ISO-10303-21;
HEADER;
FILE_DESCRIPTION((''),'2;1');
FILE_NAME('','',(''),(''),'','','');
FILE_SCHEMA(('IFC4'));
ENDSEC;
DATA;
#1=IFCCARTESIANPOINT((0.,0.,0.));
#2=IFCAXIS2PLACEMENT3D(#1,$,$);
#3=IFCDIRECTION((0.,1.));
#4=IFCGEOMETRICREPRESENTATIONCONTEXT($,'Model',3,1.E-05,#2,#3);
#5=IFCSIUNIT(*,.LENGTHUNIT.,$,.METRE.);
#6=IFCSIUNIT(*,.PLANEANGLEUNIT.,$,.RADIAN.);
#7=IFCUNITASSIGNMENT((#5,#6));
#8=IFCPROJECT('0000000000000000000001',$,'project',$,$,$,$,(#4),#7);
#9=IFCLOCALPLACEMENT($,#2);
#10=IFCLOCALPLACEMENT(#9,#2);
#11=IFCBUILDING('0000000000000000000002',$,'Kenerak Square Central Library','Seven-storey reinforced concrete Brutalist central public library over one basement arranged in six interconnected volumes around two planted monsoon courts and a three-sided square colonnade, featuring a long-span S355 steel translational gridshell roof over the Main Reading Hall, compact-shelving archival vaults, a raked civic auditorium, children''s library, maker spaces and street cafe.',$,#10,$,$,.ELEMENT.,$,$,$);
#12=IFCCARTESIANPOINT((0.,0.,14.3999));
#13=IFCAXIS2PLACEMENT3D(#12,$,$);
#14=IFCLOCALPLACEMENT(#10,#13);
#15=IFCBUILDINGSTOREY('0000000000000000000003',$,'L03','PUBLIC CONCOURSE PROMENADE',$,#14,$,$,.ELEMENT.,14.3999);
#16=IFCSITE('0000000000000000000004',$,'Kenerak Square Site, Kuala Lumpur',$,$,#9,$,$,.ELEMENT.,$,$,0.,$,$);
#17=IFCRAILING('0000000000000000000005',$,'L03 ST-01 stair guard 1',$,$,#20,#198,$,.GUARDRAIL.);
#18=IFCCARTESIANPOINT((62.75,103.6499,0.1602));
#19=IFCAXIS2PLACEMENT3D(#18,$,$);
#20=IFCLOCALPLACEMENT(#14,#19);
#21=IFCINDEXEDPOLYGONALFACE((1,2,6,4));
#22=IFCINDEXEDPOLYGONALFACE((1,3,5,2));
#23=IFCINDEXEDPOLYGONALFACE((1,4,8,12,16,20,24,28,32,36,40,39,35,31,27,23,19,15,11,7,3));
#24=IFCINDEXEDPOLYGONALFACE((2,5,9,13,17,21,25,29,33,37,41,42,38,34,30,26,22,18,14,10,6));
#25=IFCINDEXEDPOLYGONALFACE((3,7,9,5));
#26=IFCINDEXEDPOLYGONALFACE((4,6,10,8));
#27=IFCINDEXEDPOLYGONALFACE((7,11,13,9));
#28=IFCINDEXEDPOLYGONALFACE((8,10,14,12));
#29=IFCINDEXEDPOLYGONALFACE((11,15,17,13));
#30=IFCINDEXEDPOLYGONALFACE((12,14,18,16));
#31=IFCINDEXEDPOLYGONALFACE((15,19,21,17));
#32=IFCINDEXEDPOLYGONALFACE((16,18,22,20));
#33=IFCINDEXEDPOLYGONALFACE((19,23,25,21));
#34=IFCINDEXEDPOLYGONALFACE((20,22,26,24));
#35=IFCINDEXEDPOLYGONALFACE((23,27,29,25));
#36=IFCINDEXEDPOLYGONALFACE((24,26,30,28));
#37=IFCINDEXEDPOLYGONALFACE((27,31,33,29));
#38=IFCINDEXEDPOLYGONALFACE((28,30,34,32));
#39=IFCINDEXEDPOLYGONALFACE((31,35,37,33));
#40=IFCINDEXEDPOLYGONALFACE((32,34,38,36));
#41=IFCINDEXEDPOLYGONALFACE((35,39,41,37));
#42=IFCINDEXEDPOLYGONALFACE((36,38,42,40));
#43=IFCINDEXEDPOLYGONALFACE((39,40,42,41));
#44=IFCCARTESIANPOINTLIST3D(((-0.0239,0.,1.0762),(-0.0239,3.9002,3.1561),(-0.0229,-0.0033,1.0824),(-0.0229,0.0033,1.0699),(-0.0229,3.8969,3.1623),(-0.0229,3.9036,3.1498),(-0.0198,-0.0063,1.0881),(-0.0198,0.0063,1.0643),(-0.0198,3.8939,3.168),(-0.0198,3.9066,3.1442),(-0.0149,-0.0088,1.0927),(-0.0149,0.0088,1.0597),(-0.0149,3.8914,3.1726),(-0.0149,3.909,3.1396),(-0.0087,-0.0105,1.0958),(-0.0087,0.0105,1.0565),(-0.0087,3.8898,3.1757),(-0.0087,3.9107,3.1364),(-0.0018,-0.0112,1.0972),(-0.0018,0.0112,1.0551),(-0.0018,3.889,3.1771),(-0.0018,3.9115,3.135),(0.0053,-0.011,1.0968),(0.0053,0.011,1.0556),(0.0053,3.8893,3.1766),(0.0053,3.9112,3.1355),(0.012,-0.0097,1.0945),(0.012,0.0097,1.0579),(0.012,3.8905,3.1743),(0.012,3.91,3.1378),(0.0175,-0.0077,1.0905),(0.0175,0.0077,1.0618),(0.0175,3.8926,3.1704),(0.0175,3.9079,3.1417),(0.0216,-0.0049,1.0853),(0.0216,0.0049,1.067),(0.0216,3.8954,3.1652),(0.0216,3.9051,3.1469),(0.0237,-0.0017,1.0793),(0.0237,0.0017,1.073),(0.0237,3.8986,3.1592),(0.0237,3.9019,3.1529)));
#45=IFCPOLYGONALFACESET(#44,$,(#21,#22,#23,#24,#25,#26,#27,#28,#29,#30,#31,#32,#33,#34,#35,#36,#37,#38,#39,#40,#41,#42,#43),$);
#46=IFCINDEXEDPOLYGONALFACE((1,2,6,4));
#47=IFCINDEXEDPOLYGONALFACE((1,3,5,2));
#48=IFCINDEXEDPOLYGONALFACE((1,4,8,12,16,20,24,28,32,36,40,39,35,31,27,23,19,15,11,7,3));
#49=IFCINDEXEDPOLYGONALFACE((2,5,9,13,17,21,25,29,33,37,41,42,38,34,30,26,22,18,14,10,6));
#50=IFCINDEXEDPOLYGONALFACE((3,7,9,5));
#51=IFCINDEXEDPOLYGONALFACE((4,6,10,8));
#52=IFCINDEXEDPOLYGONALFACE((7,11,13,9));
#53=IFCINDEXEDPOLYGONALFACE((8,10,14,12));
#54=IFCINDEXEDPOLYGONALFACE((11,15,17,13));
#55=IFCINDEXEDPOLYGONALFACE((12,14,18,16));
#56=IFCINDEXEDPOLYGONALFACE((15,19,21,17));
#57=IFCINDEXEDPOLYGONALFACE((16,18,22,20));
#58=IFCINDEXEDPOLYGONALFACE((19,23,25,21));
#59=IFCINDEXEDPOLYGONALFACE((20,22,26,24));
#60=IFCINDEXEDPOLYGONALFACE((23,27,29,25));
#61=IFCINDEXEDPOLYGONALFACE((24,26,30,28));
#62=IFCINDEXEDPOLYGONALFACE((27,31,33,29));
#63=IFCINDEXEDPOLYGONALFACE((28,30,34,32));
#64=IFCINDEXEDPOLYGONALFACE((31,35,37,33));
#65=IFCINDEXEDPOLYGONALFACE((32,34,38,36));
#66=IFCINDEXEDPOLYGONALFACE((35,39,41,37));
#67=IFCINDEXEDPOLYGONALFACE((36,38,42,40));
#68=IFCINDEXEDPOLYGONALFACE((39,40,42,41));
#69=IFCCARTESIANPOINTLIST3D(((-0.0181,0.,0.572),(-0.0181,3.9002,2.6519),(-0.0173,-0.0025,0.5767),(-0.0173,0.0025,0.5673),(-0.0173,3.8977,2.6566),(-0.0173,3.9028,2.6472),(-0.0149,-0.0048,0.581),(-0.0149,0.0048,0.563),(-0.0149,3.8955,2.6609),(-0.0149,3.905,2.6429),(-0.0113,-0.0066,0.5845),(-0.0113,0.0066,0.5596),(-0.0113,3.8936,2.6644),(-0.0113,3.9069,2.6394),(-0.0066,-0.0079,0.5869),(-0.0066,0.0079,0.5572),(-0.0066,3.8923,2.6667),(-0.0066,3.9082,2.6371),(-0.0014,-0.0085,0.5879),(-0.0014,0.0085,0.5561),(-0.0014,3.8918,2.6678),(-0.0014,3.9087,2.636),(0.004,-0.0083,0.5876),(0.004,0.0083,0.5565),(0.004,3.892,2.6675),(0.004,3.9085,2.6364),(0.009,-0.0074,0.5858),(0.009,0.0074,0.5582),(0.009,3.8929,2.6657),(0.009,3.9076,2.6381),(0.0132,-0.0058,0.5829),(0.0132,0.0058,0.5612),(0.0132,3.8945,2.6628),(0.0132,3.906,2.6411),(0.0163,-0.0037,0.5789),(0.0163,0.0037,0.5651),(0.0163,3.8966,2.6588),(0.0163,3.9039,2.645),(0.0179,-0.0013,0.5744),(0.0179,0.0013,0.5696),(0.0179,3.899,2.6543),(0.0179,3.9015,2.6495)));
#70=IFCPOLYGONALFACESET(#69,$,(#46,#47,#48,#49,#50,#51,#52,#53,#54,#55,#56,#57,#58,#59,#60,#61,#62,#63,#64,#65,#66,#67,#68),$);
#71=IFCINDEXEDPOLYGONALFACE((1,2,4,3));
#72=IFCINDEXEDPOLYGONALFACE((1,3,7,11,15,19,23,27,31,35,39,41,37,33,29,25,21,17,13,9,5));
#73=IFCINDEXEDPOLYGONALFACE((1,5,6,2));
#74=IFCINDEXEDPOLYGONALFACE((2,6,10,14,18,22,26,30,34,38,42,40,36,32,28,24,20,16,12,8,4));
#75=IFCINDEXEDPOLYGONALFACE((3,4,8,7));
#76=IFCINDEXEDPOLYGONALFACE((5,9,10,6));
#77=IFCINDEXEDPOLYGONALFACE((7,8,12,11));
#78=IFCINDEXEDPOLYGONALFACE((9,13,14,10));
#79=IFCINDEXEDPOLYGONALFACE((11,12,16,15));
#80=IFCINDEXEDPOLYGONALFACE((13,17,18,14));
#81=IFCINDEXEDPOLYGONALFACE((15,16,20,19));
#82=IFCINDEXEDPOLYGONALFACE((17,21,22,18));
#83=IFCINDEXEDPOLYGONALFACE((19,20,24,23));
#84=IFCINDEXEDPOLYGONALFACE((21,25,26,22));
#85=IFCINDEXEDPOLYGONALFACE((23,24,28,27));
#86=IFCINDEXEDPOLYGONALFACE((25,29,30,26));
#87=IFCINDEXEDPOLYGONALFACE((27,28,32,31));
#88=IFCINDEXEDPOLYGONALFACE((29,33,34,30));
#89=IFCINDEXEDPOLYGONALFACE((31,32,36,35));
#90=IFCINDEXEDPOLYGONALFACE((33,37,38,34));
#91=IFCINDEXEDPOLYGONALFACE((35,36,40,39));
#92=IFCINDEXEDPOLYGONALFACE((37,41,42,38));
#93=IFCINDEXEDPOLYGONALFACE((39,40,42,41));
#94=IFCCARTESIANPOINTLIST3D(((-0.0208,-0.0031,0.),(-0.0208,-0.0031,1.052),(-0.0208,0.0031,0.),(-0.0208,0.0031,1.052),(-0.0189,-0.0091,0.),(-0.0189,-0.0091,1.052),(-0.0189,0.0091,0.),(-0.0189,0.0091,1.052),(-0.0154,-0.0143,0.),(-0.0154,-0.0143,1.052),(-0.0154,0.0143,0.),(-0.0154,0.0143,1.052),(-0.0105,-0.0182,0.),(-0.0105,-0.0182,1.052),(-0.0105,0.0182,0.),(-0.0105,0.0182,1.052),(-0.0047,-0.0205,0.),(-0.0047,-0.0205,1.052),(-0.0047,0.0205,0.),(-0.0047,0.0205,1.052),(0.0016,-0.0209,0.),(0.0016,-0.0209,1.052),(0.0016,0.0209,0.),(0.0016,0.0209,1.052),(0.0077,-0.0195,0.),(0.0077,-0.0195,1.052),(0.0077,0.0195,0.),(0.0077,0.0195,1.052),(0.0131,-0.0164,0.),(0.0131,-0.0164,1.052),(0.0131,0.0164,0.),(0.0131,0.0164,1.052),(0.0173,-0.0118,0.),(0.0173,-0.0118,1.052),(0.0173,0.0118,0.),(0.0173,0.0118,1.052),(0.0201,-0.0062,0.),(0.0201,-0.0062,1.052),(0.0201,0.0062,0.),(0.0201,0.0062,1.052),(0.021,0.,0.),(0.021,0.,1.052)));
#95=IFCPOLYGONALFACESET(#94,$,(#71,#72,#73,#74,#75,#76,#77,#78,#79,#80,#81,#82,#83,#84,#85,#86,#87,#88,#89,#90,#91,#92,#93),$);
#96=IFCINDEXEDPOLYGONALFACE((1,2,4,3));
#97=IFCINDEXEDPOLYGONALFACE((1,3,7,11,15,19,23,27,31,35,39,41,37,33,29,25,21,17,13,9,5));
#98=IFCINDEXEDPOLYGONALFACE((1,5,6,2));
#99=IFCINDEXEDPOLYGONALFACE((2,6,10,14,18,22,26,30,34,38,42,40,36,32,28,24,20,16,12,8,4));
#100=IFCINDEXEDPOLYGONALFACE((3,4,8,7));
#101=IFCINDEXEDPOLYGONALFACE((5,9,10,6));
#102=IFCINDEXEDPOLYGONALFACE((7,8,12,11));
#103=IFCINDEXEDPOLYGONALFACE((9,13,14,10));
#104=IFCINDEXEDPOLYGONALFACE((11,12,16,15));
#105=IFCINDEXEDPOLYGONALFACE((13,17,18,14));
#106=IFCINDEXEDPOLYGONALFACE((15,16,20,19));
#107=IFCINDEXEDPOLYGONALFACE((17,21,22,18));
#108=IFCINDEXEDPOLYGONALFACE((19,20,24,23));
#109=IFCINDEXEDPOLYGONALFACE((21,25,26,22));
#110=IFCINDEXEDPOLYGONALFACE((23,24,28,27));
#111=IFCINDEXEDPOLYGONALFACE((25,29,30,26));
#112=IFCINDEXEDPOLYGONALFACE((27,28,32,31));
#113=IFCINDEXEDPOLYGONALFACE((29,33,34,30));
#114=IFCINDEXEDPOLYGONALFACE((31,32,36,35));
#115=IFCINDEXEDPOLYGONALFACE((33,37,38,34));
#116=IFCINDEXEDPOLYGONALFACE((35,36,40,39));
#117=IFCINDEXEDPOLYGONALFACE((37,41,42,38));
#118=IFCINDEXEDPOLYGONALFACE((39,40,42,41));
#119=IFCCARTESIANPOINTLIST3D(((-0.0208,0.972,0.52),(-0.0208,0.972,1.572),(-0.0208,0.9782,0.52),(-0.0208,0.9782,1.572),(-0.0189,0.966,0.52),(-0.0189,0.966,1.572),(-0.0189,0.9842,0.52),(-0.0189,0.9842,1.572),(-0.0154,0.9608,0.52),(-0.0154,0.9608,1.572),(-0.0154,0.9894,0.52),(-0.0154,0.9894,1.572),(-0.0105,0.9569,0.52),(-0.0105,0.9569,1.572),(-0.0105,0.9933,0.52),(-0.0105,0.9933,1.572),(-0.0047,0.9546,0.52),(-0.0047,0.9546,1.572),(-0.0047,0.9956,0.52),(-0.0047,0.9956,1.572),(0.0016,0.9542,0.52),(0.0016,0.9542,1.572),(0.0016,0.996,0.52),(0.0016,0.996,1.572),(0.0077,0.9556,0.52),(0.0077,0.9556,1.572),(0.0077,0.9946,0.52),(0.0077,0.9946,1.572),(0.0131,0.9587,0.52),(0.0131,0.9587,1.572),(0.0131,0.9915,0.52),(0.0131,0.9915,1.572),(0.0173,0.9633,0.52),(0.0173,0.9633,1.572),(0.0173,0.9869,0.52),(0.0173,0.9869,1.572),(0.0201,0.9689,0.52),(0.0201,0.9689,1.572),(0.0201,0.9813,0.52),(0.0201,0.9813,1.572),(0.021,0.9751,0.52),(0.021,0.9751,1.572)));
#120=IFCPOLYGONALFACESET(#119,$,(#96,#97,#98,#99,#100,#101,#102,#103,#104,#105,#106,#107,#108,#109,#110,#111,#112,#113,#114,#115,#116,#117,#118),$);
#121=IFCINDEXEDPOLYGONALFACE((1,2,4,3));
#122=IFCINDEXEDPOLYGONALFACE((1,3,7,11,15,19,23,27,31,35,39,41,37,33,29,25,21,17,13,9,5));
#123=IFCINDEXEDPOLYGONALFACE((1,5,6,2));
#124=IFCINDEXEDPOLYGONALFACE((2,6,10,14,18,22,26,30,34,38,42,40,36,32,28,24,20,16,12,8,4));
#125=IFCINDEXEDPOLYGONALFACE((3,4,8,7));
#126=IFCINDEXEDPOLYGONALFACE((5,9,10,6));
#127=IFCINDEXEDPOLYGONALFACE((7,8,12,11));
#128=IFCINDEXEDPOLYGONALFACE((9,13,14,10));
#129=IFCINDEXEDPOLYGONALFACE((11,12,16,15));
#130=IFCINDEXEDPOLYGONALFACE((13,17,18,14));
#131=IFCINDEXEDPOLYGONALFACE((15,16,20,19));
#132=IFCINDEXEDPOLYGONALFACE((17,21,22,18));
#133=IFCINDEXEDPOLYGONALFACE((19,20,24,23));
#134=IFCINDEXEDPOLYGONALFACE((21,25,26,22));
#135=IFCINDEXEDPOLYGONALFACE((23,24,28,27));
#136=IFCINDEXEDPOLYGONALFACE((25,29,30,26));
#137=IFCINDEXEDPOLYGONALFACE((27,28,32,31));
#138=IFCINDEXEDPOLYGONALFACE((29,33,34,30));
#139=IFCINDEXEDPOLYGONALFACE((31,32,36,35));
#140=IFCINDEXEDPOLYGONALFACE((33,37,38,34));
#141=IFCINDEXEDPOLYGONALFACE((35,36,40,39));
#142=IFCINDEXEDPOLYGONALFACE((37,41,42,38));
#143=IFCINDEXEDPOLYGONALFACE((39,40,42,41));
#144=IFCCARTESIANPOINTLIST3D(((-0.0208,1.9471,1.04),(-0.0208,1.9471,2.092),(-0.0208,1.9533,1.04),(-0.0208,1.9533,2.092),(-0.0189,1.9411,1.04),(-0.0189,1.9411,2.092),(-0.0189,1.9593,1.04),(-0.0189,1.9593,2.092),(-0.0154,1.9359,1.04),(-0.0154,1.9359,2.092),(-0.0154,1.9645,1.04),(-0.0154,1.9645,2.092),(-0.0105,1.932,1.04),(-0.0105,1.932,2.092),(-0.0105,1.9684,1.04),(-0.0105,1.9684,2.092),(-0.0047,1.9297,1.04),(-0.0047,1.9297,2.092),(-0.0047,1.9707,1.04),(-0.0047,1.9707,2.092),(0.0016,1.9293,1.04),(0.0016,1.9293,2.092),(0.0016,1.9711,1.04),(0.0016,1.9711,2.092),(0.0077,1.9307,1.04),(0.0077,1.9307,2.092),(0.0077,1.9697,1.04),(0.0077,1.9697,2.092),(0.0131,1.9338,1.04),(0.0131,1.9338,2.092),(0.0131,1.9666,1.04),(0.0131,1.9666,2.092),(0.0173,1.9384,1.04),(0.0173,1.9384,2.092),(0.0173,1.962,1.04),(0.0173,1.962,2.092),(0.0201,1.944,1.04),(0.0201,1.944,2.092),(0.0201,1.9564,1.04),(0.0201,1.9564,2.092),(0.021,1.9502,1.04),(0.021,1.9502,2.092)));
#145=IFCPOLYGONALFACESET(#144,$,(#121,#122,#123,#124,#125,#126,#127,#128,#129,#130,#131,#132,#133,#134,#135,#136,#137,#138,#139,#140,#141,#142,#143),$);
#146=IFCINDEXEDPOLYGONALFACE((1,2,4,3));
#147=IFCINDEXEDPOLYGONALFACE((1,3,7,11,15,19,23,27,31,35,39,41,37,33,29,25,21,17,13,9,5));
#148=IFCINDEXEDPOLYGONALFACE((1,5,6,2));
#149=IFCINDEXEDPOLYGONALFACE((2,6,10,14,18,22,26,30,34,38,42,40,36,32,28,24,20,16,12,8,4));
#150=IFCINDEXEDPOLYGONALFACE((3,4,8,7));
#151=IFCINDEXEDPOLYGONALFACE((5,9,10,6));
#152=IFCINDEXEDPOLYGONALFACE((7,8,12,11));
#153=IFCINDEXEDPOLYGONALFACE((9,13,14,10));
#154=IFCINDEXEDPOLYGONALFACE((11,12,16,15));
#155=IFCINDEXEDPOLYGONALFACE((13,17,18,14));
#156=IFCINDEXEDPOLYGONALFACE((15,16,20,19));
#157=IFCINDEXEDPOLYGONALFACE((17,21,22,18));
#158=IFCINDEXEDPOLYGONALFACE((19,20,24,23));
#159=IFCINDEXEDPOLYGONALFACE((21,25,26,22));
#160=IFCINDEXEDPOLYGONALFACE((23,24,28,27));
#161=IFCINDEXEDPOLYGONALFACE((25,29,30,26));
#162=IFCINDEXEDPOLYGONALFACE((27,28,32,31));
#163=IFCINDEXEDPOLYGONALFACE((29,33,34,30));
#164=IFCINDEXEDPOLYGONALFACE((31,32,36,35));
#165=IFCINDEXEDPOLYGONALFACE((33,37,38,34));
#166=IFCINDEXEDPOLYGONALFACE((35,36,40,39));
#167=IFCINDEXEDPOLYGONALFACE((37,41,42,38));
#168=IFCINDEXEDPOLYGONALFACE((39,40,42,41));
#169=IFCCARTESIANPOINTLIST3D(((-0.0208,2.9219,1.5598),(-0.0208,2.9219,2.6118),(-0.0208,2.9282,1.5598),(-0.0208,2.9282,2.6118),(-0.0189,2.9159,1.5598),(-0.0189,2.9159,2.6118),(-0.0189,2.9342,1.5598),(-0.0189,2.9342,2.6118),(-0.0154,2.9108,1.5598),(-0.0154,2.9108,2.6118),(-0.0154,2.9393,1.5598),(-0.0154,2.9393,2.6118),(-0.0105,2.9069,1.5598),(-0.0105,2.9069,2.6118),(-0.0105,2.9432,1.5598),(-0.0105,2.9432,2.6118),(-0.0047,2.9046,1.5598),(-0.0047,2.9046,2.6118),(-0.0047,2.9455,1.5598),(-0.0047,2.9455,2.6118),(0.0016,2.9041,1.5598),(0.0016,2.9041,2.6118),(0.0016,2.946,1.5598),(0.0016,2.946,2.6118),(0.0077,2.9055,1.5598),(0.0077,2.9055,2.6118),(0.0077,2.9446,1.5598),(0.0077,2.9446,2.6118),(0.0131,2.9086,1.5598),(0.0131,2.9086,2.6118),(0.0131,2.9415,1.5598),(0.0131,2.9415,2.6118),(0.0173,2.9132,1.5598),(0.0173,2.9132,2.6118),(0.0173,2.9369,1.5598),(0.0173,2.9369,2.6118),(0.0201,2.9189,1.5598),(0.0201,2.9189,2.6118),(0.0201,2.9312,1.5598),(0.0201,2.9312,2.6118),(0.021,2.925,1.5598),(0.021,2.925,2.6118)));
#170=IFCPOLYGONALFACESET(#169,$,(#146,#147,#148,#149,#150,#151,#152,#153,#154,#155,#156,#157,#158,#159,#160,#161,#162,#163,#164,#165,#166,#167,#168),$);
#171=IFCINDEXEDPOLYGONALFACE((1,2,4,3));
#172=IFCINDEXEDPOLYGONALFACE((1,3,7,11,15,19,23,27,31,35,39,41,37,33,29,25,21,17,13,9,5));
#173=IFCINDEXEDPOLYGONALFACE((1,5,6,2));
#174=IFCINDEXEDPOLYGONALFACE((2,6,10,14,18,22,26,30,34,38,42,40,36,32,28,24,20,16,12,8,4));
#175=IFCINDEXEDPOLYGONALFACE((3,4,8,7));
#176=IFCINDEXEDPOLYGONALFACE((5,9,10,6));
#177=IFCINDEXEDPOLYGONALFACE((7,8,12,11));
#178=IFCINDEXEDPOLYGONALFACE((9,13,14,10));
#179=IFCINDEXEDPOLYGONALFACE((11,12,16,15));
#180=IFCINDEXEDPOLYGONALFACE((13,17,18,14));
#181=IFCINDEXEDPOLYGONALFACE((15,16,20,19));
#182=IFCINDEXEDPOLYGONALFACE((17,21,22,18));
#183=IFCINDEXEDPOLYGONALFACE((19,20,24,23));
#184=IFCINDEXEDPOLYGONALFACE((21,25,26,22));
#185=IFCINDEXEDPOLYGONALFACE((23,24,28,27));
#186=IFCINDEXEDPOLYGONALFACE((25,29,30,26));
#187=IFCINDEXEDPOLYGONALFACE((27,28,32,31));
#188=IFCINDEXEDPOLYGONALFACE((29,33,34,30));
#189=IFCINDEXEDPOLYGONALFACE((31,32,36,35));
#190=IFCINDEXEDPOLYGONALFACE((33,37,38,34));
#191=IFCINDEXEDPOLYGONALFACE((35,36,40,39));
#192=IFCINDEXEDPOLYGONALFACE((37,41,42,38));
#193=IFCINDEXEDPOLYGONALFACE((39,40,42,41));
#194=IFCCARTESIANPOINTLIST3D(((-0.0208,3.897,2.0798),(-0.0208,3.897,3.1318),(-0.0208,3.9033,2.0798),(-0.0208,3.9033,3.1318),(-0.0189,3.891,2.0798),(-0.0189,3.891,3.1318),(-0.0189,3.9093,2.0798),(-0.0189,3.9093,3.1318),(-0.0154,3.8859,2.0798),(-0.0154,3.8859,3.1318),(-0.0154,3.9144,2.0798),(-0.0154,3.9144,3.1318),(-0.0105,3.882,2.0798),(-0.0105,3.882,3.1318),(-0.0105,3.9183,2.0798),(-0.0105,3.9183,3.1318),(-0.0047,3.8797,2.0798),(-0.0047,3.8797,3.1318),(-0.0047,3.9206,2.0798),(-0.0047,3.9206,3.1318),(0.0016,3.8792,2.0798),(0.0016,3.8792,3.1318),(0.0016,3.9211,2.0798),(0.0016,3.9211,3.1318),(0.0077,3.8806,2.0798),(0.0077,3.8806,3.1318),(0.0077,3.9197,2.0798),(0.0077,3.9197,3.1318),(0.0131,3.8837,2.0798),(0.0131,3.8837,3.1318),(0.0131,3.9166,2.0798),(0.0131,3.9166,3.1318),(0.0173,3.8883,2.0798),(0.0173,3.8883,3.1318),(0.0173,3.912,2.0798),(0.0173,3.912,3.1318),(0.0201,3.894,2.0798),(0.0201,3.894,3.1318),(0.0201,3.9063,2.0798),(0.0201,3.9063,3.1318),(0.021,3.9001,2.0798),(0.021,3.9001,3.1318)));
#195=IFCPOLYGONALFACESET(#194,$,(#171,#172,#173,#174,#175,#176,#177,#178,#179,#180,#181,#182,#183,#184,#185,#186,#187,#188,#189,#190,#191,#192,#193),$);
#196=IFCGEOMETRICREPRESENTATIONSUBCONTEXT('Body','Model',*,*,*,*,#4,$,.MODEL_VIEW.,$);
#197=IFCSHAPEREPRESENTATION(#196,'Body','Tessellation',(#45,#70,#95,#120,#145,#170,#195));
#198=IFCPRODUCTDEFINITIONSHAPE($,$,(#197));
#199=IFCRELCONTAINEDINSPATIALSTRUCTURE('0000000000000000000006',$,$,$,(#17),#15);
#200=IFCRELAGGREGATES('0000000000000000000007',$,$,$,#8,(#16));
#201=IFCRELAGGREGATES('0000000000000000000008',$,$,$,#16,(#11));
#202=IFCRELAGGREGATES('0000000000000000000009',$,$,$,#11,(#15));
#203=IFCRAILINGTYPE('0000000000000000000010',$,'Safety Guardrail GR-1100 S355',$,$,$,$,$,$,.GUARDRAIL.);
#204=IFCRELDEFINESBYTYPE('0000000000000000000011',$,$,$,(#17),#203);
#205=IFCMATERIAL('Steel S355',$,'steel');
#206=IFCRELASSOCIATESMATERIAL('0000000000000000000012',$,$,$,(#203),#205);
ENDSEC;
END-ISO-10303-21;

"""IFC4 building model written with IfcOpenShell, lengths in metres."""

from ifc_helpers import new_model, si_unit, direction, frame, origin, origin_2d, place, context, subcontext, project, spatial, circle, extrude, material, type_object, element, save


model = new_model("IFC4")

# Units and contexts
model_context = context("Model", 3, precision=1e-05, world=origin(), true_north=direction((0.0, 1.0)))
body_context = subcontext(model_context, "Body", "Model", "MODEL_VIEW")
ifc_project = project(units=[si_unit("LENGTHUNIT", "METRE"), si_unit("PLANEANGLEUNIT", "RADIAN")], contexts=[model_context])

# Site, building, storey
site_placement = place(None, origin())
site = spatial("IfcSite", under=ifc_project, at=site_placement, Name="Kenerak Square Site, Kuala Lumpur", CompositionType="ELEMENT", RefElevation=0.0)
building_placement = place(site_placement, origin())
building = spatial("IfcBuilding", under=site, at=building_placement, Name="Kenerak Square Central Library", Description="Seven-storey reinforced concrete Brutalist central public library over one basement arranged in six interconnected volumes around two planted monsoon courts and a three-sided square colonnade, featuring a long-span S355 steel translational gridshell roof over the Main Reading Hall, compact-shelving archival vaults, a raked civic auditorium, children's library, maker spaces and street cafe.", CompositionType="ELEMENT")
storey_placement = place(building_placement, frame((0.0, 0.0, 14.3999)))
storey = spatial("IfcBuildingStorey", under=building, at=storey_placement, Name="L03", Description="PUBLIC CONCOURSE PROMENADE", CompositionType="ELEMENT", Elevation=14.3999)

# Shared definitions
ifc_material_1 = material(Name="Steel S355", Category="steel")

# Railing
railing_type_1 = type_object("IfcRailingType", Name="Safety Guardrail GR-1100 S355", PredefinedType="GUARDRAIL", material=ifc_material_1)
railing_1_placement = place(storey_placement, frame((62.75, 103.6499, 0.1602)))
element("IfcRailing", 1, at=railing_1_placement, inside=storey, type_object=railing_type_1, Name="L03 ST-01 stair guard 1", PredefinedType="GUARDRAIL", context=body_context, shape_type="SweptSolid", body=[
    extrude(circle(Radius=0.0239, at=origin_2d()), frame((0.0, 0.0, 1.0762), z_axis=(0.0, 0.882376, 0.470545), x_axis=(-1.0, 0.0, 0.0)), (0.0, 0.0, 1.0), 4.4202),
    extrude(circle(Radius=0.0181, at=origin_2d()), frame((0.0, 0.0, 0.572), z_axis=(0.0, 0.882376, 0.470545), x_axis=(-1.0, 0.0, 0.0)), (0.0, 0.0, 1.0), 4.4202),
    extrude(circle(Radius=0.021, at=origin_2d()), origin(), (0.0, 0.0, 1.0), 1.052),
    extrude(circle(Radius=0.021, at=origin_2d()), frame((0.0, 0.9751, 0.52)), (0.0, 0.0, 1.0), 1.052),
    extrude(circle(Radius=0.021, at=origin_2d()), frame((0.0, 1.9502, 1.04)), (0.0, 0.0, 1.0), 1.052),
    extrude(circle(Radius=0.021, at=origin_2d()), frame((0.0, 2.925, 1.5598)), (0.0, 0.0, 1.0), 1.052),
    extrude(circle(Radius=0.021, at=origin_2d()), frame((0.0, 3.9001, 2.0798)), (0.0, 0.0, 1.0), 1.052),
])

save(model, "model.ifc")
